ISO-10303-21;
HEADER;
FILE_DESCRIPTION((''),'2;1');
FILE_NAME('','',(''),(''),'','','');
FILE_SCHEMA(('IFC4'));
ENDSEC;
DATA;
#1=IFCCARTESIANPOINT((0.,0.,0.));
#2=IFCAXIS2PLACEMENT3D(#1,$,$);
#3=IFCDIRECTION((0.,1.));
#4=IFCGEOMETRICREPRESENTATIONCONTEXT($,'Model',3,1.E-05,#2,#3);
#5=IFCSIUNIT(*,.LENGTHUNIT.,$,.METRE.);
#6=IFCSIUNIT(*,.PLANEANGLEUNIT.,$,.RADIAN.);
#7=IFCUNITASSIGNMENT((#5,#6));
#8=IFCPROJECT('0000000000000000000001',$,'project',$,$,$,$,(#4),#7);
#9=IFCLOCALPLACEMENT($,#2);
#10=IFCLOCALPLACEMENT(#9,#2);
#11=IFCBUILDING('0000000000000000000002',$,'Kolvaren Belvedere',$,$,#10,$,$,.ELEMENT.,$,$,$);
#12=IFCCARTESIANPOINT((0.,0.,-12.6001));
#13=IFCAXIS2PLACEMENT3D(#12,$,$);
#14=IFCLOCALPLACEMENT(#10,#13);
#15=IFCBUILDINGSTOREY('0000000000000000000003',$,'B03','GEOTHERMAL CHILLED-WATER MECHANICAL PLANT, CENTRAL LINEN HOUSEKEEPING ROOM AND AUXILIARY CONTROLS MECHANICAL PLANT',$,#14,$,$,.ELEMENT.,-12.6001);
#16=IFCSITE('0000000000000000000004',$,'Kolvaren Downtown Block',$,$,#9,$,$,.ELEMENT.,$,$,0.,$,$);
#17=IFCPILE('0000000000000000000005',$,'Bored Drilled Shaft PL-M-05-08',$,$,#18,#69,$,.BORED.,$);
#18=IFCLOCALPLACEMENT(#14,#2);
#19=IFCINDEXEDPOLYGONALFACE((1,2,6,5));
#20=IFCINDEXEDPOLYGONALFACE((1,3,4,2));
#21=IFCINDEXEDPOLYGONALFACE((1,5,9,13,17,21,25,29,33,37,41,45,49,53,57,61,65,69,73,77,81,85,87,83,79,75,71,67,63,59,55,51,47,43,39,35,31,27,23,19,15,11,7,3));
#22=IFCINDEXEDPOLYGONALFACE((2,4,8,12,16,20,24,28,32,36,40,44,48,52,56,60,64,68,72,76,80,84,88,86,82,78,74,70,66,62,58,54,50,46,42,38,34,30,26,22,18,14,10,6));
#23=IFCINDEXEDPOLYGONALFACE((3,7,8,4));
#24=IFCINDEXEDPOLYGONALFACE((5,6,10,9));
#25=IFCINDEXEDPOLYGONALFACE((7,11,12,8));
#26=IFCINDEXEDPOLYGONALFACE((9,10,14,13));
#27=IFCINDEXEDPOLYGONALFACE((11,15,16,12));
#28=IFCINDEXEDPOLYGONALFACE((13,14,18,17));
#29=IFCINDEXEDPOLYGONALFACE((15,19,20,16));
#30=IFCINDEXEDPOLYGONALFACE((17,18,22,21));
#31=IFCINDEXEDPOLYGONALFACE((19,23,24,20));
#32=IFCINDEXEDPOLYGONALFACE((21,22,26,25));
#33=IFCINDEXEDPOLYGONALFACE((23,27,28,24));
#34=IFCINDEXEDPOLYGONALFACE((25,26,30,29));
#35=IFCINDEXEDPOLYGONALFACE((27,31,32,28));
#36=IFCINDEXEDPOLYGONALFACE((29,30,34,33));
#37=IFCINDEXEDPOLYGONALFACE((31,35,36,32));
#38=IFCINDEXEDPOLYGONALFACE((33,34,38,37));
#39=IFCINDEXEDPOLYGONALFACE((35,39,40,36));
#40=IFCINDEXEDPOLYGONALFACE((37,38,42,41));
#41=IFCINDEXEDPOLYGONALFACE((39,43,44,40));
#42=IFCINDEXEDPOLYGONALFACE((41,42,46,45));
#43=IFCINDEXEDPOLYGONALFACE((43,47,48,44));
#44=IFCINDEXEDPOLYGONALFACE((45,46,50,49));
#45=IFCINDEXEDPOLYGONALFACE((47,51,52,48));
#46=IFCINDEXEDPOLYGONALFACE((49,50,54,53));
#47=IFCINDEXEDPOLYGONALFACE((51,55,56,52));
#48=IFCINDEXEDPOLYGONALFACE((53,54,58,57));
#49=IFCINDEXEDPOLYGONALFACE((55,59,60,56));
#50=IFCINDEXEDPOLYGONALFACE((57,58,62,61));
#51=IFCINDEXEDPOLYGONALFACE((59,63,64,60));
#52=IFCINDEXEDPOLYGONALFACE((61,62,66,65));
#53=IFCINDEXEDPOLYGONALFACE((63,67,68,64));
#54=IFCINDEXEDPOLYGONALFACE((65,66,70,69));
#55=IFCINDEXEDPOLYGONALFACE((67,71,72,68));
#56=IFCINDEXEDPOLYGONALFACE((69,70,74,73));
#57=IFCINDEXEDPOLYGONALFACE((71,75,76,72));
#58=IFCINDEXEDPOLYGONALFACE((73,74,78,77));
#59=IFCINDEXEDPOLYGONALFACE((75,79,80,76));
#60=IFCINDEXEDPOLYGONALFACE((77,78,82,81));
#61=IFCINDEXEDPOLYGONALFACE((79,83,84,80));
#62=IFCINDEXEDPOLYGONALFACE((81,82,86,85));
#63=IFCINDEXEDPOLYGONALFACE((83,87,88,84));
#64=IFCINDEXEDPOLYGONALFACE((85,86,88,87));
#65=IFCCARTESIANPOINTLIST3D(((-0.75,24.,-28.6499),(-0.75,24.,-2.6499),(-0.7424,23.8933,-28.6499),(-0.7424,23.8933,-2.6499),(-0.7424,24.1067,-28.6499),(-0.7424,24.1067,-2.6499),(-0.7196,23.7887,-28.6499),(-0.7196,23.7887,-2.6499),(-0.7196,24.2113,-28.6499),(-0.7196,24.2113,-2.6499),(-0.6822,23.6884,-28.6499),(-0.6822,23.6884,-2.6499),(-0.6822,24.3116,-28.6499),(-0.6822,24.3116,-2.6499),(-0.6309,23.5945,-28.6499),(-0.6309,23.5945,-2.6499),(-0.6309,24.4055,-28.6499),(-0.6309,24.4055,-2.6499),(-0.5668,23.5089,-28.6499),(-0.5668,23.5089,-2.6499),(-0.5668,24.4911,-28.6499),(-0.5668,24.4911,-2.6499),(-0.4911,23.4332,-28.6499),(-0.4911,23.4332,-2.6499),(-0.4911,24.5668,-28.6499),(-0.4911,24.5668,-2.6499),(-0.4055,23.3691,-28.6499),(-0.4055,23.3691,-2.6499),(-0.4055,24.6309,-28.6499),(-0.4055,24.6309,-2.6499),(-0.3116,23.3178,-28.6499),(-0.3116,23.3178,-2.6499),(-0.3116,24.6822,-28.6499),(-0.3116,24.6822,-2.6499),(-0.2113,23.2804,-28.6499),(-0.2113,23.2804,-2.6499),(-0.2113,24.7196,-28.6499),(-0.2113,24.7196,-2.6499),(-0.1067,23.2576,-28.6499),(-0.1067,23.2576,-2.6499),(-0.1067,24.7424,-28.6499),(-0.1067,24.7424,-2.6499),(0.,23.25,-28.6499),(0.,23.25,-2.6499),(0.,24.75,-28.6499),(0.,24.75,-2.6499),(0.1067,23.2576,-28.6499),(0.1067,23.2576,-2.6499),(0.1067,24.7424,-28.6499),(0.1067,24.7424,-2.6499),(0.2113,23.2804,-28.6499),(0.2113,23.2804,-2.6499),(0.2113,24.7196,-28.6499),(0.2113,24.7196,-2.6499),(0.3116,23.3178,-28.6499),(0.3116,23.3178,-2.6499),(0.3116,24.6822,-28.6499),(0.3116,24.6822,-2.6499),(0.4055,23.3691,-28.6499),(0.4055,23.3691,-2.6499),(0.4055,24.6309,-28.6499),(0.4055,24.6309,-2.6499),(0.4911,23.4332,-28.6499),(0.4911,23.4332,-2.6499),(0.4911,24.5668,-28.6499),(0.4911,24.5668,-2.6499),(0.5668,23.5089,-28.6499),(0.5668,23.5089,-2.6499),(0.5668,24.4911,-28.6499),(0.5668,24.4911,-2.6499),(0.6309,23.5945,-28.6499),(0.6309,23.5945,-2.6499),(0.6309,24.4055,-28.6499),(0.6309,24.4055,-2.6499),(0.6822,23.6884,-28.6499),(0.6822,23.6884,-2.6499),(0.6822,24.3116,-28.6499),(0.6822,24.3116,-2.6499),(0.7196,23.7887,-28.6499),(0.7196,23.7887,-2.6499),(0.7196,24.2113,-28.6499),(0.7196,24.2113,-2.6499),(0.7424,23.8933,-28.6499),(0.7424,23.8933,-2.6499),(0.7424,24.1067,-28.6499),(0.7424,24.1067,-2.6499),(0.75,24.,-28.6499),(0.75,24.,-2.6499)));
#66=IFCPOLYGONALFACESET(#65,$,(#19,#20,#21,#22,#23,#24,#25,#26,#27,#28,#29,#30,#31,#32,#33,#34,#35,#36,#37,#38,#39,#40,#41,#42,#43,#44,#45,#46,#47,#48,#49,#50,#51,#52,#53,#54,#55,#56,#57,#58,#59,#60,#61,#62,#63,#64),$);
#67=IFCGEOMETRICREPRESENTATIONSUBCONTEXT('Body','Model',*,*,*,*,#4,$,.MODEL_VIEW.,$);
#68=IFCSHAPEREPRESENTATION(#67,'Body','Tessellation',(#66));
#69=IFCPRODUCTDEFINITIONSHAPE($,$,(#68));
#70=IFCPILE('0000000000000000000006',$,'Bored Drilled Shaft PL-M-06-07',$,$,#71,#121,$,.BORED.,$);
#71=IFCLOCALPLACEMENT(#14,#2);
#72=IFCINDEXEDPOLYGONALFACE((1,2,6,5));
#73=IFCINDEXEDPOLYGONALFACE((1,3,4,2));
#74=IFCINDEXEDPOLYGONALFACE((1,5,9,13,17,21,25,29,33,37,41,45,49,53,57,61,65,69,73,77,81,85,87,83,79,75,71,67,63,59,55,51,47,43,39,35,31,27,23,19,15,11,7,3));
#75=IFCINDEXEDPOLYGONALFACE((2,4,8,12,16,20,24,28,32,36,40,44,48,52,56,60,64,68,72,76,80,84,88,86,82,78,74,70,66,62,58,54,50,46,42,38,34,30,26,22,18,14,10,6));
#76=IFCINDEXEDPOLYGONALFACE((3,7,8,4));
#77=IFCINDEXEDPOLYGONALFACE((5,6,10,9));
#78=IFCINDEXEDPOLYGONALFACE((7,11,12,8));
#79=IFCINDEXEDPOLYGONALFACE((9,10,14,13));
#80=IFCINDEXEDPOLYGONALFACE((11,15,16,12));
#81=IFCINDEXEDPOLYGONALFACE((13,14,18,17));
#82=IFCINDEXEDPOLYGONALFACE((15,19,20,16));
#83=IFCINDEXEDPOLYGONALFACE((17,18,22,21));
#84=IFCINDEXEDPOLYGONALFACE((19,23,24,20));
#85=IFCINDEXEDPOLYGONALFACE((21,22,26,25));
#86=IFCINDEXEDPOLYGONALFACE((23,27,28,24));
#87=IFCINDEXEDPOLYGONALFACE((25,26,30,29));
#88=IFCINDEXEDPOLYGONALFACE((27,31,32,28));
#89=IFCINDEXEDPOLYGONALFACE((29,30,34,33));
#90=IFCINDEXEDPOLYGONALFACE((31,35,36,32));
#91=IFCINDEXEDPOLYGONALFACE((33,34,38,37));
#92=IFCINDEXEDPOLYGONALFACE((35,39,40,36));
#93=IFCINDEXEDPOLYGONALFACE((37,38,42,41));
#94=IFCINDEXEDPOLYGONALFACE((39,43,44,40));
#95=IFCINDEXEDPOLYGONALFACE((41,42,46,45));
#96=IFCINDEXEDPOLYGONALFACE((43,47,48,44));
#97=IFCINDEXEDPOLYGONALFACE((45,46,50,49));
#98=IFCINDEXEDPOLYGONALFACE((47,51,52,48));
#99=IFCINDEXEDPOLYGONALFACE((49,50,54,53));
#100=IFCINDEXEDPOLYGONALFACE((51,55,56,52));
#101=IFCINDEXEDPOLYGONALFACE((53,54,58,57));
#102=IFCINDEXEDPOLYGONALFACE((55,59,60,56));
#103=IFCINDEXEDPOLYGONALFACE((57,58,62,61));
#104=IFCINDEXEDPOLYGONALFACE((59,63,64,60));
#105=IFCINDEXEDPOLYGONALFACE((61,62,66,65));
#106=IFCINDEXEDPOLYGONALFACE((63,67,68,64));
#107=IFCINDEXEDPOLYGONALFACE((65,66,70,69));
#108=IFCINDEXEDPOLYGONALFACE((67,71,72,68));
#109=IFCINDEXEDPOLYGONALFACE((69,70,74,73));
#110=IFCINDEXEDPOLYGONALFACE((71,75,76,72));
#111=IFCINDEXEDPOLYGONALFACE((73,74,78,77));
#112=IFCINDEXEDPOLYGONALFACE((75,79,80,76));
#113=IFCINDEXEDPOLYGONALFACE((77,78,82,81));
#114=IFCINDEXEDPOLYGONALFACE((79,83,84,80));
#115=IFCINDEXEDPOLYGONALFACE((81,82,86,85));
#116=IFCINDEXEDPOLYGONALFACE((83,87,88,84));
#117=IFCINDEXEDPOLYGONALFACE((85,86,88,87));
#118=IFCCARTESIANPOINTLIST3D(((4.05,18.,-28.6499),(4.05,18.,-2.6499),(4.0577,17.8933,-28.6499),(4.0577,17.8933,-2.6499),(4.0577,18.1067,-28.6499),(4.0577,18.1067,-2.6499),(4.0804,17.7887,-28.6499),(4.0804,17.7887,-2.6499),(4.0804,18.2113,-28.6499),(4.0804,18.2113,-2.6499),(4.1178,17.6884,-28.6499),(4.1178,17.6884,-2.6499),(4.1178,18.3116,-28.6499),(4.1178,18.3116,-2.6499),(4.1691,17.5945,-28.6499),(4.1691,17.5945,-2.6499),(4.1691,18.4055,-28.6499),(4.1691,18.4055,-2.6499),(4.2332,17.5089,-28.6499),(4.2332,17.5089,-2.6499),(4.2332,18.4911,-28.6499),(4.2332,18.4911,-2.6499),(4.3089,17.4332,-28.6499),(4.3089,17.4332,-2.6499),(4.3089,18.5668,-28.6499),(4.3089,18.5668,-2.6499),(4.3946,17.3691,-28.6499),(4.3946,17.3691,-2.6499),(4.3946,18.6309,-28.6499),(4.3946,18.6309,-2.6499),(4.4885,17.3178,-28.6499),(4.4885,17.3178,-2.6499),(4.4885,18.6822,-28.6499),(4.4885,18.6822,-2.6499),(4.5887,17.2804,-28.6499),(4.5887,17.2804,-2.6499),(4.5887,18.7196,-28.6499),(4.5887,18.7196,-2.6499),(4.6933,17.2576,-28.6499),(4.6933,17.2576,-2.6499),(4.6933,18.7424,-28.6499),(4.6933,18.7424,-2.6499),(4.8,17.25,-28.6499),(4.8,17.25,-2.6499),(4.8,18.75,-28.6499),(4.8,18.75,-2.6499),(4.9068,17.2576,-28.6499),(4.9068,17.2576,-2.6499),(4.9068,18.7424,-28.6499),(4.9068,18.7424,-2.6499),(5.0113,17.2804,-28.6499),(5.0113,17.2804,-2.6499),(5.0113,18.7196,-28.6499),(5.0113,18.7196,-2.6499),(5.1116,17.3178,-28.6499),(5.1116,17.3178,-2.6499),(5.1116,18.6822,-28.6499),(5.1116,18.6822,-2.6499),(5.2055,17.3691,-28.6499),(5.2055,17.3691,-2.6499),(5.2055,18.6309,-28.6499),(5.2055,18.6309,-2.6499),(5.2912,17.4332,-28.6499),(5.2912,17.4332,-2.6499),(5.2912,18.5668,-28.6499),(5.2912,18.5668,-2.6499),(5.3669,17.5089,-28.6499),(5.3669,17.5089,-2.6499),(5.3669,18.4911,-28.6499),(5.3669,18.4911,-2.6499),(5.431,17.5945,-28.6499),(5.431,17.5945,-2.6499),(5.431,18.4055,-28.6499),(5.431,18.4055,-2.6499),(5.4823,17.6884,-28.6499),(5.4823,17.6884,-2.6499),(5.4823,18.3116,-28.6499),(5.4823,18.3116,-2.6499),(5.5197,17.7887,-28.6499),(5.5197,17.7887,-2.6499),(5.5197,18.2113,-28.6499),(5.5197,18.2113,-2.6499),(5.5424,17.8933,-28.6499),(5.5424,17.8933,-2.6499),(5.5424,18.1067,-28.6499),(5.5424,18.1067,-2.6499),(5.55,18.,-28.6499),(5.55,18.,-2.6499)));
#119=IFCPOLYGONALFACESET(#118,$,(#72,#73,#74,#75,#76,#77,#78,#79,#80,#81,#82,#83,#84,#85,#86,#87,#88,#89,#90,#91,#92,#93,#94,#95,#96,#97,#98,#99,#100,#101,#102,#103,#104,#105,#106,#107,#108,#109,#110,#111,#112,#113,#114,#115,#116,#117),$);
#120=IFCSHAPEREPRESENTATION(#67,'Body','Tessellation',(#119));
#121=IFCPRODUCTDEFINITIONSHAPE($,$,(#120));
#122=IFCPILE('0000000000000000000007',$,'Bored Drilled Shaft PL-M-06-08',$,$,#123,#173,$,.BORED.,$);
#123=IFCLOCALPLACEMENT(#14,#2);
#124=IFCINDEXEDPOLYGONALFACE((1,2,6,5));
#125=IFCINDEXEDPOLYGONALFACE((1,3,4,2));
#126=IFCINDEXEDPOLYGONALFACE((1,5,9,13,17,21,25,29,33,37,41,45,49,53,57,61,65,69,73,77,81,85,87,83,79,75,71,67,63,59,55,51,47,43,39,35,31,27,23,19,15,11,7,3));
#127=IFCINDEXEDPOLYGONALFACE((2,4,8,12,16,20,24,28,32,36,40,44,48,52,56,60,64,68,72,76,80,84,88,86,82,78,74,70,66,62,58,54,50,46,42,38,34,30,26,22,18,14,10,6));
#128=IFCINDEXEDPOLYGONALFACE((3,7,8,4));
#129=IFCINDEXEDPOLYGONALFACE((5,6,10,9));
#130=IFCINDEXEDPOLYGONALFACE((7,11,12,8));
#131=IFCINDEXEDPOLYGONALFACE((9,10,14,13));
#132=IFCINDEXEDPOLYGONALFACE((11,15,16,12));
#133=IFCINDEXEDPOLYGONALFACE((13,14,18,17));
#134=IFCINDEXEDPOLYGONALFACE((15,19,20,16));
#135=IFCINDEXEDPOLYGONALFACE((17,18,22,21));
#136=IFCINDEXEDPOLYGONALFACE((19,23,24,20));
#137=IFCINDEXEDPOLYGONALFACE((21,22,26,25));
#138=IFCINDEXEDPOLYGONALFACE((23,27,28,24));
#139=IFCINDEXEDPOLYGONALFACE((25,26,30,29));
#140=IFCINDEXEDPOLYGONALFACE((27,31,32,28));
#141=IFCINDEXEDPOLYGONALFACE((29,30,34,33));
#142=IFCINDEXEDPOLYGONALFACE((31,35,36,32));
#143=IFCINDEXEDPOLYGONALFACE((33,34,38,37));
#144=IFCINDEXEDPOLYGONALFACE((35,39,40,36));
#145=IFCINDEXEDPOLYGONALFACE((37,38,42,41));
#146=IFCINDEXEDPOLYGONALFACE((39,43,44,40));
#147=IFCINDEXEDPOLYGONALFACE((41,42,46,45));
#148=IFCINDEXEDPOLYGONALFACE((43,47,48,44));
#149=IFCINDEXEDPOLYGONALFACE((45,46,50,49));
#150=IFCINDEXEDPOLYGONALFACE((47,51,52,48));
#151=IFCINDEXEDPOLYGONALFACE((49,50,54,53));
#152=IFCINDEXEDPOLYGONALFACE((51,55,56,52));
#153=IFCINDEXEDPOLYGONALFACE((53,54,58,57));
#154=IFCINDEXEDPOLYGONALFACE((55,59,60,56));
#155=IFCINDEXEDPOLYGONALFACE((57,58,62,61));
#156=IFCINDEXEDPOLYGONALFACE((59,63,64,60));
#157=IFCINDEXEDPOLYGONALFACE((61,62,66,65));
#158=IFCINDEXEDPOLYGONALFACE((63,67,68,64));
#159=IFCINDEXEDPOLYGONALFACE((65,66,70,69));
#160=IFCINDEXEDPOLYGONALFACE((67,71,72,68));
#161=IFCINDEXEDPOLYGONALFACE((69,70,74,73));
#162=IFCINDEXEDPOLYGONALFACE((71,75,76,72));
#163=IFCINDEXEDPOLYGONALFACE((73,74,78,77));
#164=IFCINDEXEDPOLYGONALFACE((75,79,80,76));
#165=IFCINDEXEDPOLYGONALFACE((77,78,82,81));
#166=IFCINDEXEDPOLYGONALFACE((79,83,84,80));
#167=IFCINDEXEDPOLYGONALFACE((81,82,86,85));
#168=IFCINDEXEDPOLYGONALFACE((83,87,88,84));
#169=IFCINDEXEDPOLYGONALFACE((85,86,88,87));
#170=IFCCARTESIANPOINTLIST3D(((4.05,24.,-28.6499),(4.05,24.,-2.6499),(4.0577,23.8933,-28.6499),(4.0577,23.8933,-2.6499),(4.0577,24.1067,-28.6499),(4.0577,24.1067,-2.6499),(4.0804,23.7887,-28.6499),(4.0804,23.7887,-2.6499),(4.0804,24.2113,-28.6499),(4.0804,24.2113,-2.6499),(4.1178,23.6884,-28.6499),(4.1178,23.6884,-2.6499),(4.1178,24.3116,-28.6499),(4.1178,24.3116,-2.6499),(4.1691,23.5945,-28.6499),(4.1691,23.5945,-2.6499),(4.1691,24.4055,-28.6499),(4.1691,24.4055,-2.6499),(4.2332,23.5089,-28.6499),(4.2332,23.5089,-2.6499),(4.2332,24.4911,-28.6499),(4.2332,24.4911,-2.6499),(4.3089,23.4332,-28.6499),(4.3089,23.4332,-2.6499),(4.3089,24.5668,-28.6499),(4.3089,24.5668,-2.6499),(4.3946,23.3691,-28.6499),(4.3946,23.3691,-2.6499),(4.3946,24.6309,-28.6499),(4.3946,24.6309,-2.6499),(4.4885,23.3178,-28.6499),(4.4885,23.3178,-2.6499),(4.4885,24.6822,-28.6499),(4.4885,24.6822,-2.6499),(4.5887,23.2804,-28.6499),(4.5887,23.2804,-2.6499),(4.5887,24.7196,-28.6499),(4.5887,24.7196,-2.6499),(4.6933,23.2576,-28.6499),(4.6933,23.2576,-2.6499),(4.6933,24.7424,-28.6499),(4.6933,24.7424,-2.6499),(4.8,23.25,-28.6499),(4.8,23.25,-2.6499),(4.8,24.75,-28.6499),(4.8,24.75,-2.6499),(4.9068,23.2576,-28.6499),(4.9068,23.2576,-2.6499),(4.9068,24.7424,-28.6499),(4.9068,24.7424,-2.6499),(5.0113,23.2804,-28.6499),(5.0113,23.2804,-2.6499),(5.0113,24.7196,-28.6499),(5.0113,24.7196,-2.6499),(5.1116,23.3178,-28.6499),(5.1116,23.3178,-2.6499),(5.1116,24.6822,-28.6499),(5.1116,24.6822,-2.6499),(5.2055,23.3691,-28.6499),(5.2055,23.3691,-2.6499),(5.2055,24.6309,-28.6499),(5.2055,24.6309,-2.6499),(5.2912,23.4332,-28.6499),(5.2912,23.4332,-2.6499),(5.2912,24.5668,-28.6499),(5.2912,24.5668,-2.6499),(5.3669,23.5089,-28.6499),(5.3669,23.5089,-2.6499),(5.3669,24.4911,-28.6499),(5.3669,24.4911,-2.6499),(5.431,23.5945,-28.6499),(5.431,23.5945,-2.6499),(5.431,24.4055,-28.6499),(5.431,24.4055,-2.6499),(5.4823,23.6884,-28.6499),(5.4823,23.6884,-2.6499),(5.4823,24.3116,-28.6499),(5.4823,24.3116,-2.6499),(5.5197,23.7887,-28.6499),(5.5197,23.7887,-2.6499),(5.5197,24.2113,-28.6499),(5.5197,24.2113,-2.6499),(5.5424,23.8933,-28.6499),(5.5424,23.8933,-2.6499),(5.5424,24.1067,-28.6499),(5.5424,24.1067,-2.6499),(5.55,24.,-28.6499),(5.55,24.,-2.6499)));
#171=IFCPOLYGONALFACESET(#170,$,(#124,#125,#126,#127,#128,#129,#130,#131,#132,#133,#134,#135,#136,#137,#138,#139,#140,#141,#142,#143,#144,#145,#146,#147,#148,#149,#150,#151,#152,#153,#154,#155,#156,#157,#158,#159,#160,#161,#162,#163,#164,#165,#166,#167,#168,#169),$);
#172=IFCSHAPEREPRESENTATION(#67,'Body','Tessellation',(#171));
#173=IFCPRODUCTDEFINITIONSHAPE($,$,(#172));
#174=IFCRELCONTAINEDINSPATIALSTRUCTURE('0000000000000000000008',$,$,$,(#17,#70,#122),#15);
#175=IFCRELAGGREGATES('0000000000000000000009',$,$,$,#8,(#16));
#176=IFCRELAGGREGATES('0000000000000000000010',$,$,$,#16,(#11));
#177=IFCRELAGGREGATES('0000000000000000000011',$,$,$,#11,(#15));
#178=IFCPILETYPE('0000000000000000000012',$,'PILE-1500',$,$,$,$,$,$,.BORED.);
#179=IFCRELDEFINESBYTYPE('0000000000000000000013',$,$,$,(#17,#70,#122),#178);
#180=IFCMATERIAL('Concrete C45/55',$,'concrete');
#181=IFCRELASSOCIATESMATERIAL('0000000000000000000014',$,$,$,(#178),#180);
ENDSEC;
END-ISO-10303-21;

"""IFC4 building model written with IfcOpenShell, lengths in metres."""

from ifc_helpers import new_model, si_unit, direction, frame, origin, origin_2d, place, context, subcontext, project, spatial, circle, extrude, material, material_profile, profile_set, type_object, element, save


model = new_model("IFC4")

# Units and contexts
model_context = context("Model", 3, precision=1e-05, world=origin(), true_north=direction((0.0, 1.0)))
body_context = subcontext(model_context, "Body", "Model", "MODEL_VIEW")
ifc_project = project(units=[si_unit("LENGTHUNIT", "METRE"), si_unit("PLANEANGLEUNIT", "RADIAN")], contexts=[model_context])

# Site, building, storey
site_placement = place(None, origin())
site = spatial("IfcSite", under=ifc_project, at=site_placement, Name="Kolvaren Downtown Block", CompositionType="ELEMENT", RefElevation=0.0)
building_placement = place(site_placement, origin())
building = spatial("IfcBuilding", under=site, at=building_placement, Name="Kolvaren Belvedere", CompositionType="ELEMENT")
storey_placement = place(building_placement, frame((0.0, 0.0, -12.6001)))
storey = spatial("IfcBuildingStorey", under=building, at=storey_placement, Name="B03", Description="GEOTHERMAL CHILLED-WATER MECHANICAL PLANT, CENTRAL LINEN HOUSEKEEPING ROOM AND AUXILIARY CONTROLS MECHANICAL PLANT", CompositionType="ELEMENT", Elevation=-12.6001)

# Piles
ifc_material_1 = material(Name="Concrete C45/55", Category="concrete")
ifc_material_profile_1 = material_profile(ifc_material_1, circle(Radius=0.75, at=origin_2d()), Name="BORED PILE D1500")
ifc_profile_set_1 = profile_set([ifc_material_profile_1], Name="Concrete C45/55")
pile_type_1 = type_object("IfcPileType", Name="PILE-1500", PredefinedType="BORED", material=ifc_profile_set_1)
for number, where, z_axis, x_axis, name in (
    (1, (0.0, 24.0, -2.6499), (0.0, 0.0, -1.0), (1.0, 0.0, 0.0), "Bored Drilled Shaft PL-M-05-08"),
    (2, (4.8, 18.0, -2.6499), (0.0, 0.0, -1.0), (1.0, 0.0, 0.0), "Bored Drilled Shaft PL-M-06-07"),
    (3, (4.8, 24.0, -2.6499), (0.0, 0.0, -1.0), (1.0, 0.0, 0.0), "Bored Drilled Shaft PL-M-06-08"),
):
    element("IfcPile", number, at=place(storey_placement, frame(where, z_axis=z_axis, x_axis=x_axis)), inside=storey, type_object=pile_type_1, Name=name, PredefinedType="BORED", context=body_context, shape_type="SweptSolid", body=[
        extrude(circle(Radius=0.75, at=origin_2d()), origin(), (0.0, 0.0, 1.0), 26.0),
    ])

save(model, "model.ifc")
